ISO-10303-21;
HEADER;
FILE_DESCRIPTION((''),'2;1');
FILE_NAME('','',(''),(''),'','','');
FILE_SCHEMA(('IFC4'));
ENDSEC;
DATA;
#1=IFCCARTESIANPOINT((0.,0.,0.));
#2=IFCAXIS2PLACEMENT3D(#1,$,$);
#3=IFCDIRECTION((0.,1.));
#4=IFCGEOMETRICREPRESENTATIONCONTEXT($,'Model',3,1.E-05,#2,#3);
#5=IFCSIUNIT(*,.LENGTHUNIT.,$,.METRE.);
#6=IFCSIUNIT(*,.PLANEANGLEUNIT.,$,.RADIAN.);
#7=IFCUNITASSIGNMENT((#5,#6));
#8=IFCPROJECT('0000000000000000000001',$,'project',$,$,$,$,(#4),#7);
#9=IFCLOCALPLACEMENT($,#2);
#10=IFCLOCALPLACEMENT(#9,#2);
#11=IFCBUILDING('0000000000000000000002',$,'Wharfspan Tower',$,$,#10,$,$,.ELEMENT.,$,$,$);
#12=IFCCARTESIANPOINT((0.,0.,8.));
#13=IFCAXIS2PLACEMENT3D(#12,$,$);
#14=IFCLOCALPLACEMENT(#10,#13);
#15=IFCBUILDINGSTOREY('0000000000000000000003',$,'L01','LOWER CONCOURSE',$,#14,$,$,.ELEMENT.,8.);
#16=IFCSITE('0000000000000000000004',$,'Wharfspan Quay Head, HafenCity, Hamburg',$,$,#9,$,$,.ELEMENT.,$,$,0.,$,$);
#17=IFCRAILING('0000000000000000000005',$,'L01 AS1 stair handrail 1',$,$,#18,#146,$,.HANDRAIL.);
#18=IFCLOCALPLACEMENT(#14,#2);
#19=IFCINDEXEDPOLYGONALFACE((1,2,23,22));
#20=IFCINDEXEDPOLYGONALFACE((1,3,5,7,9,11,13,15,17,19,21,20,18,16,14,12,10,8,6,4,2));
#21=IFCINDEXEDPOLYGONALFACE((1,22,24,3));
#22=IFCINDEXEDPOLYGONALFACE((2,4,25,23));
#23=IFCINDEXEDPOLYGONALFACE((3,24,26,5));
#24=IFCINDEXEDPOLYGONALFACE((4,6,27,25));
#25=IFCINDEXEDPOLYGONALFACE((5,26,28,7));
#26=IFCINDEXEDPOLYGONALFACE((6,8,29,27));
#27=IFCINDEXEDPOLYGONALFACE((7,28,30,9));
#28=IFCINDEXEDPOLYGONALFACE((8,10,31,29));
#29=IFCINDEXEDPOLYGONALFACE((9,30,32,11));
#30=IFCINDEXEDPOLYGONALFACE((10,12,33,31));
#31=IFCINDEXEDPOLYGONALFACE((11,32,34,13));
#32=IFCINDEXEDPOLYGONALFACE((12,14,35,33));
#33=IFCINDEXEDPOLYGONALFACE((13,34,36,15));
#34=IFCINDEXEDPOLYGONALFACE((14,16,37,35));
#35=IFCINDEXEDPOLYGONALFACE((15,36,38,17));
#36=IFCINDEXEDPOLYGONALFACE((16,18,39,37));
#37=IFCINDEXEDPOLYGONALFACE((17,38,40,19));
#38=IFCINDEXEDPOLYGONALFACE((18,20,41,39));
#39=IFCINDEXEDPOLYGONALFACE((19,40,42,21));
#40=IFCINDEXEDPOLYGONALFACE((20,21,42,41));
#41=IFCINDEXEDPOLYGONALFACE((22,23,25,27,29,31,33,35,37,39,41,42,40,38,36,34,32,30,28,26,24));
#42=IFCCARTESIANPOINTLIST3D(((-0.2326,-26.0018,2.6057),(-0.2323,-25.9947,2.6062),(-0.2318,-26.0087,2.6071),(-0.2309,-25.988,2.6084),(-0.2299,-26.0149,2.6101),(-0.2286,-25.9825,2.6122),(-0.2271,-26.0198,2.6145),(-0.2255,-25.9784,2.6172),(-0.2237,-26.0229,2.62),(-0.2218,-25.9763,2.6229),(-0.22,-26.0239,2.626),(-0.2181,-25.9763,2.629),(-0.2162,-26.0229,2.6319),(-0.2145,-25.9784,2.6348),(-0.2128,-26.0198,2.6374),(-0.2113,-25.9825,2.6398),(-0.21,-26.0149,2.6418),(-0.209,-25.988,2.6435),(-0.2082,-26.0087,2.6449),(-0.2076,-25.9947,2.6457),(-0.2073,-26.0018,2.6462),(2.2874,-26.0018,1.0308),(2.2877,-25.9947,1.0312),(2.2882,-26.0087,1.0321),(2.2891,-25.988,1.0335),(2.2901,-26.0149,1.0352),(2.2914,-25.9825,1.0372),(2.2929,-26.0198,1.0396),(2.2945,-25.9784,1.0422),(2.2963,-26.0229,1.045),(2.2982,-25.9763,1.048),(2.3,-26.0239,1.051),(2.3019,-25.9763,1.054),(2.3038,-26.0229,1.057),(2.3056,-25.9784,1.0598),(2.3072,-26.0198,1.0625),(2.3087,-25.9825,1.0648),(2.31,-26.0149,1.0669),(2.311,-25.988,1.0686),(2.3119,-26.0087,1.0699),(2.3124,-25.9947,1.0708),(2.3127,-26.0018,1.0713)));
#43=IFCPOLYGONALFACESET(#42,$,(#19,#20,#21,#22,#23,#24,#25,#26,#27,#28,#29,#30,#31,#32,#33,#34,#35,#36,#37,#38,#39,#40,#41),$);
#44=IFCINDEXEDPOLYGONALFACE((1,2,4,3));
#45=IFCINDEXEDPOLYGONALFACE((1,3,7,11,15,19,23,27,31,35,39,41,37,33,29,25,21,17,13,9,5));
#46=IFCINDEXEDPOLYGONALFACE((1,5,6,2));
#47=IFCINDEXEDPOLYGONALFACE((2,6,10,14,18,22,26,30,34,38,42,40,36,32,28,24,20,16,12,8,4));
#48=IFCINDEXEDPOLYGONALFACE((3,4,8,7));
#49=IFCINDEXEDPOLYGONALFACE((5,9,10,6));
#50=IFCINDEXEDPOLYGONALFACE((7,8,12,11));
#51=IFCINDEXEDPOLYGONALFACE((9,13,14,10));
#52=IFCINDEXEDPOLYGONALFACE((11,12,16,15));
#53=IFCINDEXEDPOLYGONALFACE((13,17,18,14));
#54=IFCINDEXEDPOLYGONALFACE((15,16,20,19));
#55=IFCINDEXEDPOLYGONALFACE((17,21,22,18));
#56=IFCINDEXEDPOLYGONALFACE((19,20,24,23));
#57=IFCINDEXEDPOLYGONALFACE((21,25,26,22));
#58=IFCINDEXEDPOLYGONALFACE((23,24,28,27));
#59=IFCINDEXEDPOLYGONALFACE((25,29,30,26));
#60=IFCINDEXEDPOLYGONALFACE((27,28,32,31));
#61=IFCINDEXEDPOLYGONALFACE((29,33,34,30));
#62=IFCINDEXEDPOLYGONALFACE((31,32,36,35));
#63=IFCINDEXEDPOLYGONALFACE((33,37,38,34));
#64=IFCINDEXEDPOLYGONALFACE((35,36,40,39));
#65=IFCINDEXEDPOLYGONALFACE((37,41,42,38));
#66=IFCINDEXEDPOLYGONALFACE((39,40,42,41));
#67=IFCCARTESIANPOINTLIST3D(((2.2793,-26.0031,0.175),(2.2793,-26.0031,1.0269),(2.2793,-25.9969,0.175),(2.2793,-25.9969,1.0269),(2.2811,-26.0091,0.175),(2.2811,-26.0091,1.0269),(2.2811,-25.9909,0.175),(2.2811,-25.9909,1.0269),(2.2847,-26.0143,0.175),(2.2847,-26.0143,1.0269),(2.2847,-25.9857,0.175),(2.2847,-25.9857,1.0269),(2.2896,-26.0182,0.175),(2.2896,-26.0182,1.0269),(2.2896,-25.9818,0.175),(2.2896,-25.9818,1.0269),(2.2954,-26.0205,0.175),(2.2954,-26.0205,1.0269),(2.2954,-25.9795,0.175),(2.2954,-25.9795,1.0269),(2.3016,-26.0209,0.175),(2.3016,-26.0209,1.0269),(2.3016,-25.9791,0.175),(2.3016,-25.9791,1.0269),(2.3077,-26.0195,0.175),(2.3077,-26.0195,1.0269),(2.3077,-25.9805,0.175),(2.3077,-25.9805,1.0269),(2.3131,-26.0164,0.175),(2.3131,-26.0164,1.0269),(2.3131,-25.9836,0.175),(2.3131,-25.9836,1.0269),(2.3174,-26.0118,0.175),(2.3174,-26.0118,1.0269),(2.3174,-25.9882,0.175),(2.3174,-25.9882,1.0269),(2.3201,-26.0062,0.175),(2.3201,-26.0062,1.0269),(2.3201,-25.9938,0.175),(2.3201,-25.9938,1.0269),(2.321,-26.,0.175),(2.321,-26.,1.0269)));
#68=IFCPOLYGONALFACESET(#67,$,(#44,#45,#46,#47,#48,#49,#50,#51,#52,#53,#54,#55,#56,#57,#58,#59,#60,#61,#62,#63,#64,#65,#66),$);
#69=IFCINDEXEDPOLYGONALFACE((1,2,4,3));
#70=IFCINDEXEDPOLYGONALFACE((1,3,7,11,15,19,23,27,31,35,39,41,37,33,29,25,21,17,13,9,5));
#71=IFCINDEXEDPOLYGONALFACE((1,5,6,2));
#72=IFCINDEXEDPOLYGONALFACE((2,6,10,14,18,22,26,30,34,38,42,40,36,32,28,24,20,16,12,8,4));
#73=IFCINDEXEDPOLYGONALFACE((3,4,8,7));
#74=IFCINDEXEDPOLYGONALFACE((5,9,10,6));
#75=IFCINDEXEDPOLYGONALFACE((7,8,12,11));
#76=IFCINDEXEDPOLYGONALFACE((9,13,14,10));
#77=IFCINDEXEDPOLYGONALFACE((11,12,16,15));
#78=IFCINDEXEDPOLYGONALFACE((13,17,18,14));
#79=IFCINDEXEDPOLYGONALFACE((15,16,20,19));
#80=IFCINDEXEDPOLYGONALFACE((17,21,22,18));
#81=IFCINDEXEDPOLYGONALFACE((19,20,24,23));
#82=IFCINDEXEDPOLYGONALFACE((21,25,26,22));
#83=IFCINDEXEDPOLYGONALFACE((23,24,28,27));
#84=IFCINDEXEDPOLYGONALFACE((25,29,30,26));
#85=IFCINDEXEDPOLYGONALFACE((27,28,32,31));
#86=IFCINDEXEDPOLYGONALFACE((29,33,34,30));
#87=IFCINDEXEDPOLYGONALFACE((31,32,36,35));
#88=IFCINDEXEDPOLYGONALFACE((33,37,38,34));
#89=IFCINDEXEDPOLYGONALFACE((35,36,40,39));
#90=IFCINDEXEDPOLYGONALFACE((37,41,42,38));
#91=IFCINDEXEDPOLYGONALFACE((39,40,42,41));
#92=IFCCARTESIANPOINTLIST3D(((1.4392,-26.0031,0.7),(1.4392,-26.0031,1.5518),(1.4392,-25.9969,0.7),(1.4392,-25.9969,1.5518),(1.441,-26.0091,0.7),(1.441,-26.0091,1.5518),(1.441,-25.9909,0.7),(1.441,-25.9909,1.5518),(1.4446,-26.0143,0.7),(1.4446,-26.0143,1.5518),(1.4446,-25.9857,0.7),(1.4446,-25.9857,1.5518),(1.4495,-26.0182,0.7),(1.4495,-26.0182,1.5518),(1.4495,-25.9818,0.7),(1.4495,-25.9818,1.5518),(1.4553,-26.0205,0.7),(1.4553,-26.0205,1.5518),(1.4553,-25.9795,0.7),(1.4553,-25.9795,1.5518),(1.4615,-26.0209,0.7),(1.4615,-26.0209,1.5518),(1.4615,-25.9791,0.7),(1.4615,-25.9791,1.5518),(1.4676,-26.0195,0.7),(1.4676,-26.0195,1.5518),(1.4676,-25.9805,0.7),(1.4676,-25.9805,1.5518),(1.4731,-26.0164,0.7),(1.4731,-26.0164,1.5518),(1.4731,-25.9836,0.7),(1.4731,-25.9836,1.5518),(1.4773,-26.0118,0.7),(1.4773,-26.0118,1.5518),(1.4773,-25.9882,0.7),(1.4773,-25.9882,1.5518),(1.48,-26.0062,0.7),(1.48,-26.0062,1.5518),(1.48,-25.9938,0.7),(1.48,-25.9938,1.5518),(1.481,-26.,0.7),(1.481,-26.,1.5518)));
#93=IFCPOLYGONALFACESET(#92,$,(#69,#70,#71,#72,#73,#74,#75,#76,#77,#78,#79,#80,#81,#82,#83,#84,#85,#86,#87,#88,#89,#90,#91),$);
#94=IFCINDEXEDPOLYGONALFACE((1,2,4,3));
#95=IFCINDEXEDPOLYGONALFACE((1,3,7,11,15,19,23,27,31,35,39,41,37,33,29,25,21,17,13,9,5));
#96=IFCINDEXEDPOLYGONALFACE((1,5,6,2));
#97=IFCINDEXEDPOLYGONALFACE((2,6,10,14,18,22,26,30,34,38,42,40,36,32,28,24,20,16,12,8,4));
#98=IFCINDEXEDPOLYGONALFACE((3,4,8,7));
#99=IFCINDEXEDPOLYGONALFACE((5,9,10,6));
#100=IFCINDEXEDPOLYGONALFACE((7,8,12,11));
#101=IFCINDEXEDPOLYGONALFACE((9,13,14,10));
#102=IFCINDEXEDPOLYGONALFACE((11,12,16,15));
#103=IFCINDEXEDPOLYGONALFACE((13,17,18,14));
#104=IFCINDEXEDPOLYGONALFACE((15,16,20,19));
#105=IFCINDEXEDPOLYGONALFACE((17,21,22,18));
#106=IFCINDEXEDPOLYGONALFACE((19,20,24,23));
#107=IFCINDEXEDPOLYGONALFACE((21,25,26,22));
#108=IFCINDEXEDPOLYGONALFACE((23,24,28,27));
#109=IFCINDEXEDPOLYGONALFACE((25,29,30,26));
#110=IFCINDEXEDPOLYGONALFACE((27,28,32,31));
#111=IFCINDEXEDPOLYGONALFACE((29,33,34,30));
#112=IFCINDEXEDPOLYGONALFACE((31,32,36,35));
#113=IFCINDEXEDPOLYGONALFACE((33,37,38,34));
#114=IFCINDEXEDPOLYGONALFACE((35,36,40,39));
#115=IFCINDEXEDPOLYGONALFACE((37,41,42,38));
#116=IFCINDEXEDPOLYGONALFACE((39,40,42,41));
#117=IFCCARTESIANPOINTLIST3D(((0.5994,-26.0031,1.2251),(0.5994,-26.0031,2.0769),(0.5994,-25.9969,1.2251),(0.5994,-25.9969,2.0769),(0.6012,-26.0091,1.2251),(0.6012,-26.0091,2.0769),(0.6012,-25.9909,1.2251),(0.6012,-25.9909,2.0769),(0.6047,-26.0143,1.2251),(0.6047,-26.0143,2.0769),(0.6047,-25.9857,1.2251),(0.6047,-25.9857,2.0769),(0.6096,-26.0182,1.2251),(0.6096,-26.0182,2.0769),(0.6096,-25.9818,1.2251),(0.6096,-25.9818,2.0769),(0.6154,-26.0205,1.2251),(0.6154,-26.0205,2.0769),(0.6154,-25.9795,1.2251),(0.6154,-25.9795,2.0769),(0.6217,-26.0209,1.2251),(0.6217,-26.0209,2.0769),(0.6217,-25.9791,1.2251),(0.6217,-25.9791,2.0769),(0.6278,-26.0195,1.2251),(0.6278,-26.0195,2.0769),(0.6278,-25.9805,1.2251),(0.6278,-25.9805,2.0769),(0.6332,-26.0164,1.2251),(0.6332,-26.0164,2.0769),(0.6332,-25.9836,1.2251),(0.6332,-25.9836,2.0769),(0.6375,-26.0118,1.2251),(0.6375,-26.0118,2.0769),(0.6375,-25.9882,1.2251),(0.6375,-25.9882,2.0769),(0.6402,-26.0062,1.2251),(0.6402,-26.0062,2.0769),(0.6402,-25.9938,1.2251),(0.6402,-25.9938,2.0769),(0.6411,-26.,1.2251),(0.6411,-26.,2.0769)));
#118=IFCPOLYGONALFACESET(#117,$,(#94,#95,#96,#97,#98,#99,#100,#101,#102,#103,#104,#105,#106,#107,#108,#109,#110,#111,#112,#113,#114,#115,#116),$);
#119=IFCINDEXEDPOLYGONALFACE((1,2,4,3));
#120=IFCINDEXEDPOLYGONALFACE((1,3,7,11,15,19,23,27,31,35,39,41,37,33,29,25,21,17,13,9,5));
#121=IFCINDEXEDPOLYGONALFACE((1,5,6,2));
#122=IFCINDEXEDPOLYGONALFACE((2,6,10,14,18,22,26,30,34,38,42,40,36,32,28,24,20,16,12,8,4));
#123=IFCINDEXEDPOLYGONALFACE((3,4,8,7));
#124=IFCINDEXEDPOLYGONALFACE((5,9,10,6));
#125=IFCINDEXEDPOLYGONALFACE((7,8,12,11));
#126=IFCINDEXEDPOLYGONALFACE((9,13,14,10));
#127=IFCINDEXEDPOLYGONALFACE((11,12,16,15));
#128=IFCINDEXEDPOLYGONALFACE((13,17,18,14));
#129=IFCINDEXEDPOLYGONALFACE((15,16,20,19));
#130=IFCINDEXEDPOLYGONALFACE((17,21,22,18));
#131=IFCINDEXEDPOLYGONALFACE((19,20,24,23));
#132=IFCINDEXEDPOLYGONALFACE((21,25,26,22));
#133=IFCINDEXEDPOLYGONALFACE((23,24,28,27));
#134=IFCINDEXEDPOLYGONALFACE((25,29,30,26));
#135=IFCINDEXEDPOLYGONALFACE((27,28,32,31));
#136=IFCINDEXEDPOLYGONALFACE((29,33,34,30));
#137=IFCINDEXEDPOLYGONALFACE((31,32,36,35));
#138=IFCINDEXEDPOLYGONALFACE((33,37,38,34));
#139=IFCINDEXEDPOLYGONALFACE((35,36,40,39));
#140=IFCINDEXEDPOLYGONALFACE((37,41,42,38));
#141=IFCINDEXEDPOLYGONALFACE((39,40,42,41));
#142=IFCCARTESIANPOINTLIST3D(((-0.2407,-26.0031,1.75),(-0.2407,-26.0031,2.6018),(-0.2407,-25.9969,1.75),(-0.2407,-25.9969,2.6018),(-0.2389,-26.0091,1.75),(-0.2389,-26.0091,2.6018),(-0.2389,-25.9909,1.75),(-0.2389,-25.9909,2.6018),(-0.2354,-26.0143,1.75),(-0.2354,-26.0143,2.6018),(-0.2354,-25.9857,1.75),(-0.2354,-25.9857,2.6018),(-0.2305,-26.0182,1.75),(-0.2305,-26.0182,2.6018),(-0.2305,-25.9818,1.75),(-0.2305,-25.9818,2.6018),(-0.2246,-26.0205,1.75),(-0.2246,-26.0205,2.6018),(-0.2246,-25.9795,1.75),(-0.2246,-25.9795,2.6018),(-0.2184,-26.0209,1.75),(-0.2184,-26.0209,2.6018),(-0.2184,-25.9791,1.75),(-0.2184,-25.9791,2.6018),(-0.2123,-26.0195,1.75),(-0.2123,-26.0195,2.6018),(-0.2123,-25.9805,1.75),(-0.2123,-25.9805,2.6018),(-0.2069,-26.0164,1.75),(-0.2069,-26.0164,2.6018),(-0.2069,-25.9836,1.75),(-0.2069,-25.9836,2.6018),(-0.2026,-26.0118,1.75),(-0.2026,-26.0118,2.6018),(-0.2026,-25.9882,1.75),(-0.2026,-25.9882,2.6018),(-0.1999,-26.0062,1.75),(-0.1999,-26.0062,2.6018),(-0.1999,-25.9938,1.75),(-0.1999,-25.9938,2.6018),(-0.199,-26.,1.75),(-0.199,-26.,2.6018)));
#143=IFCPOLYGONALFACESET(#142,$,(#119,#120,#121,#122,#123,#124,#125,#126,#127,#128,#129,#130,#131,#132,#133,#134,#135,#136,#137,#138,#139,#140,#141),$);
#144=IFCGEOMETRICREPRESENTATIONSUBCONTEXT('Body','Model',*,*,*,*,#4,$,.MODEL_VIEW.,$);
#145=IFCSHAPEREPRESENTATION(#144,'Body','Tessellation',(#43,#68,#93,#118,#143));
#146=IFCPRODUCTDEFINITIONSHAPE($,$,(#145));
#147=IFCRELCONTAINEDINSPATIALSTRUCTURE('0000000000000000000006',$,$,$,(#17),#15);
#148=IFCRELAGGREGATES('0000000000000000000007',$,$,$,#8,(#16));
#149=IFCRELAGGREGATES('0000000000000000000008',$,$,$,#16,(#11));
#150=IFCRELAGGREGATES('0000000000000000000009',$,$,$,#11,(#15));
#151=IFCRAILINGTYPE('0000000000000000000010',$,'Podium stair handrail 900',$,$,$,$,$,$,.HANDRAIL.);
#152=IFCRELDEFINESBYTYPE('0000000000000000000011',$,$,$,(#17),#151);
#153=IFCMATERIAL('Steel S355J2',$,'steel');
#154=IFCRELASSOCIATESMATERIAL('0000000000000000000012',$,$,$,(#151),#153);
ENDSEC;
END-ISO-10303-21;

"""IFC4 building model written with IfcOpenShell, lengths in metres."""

from ifc_helpers import new_model, si_unit, direction, frame, origin, origin_2d, place, context, subcontext, project, spatial, circle, extrude, material, type_object, element, save


model = new_model("IFC4")

# Units and contexts
model_context = context("Model", 3, precision=1e-05, world=origin(), true_north=direction((0.0, 1.0)))
body_context = subcontext(model_context, "Body", "Model", "MODEL_VIEW")
ifc_project = project(units=[si_unit("LENGTHUNIT", "METRE"), si_unit("PLANEANGLEUNIT", "RADIAN")], contexts=[model_context])

# Site, building, storey
site_placement = place(None, origin())
site = spatial("IfcSite", under=ifc_project, at=site_placement, Name="Wharfspan Quay Head, HafenCity, Hamburg", CompositionType="ELEMENT", RefElevation=0.0)
building_placement = place(site_placement, origin())
building = spatial("IfcBuilding", under=site, at=building_placement, Name="Wharfspan Tower", CompositionType="ELEMENT")
storey_placement = place(building_placement, frame((0.0, 0.0, 8.0)))
storey = spatial("IfcBuildingStorey", under=building, at=storey_placement, Name="L01", Description="LOWER CONCOURSE", CompositionType="ELEMENT", Elevation=8.0)

# Railing
ifc_material_1 = material(Name="Steel S355J2", Category="steel")
railing_type_1 = type_object("IfcRailingType", Name="Podium stair handrail 900", PredefinedType="HANDRAIL", material=ifc_material_1)
for number, where, name in (
    (1, (2.3, -26.0, 0.175), "L01 AS1 stair handrail 1"),
):
    element("IfcRailing", number, at=place(storey_placement, frame(where)), inside=storey, type_object=railing_type_1, Name=name, PredefinedType="HANDRAIL", context=body_context, shape_type="SweptSolid", body=[
        extrude(circle(Radius=0.0239, at=origin_2d()), frame((0.0, 0.0, 0.876), z_axis=(-0.848008, 0.0, 0.529984), x_axis=(0.0, -1.0, 0.0)), (0.0, 0.0, 1.0), 2.9717),
        extrude(circle(Radius=0.021, at=origin_2d()), origin(), (0.0, 0.0, 1.0), 0.8518),
        extrude(circle(Radius=0.021, at=origin_2d()), frame((-0.8401, 0.0, 0.5249)), (0.0, 0.0, 1.0), 0.8518),
        extrude(circle(Radius=0.021, at=origin_2d()), frame((-1.6799, 0.0, 1.05)), (0.0, 0.0, 1.0), 0.8518),
        extrude(circle(Radius=0.021, at=origin_2d()), frame((-2.52, 0.0, 1.575)), (0.0, 0.0, 1.0), 0.8518),
    ])

save(model, "model.ifc")
